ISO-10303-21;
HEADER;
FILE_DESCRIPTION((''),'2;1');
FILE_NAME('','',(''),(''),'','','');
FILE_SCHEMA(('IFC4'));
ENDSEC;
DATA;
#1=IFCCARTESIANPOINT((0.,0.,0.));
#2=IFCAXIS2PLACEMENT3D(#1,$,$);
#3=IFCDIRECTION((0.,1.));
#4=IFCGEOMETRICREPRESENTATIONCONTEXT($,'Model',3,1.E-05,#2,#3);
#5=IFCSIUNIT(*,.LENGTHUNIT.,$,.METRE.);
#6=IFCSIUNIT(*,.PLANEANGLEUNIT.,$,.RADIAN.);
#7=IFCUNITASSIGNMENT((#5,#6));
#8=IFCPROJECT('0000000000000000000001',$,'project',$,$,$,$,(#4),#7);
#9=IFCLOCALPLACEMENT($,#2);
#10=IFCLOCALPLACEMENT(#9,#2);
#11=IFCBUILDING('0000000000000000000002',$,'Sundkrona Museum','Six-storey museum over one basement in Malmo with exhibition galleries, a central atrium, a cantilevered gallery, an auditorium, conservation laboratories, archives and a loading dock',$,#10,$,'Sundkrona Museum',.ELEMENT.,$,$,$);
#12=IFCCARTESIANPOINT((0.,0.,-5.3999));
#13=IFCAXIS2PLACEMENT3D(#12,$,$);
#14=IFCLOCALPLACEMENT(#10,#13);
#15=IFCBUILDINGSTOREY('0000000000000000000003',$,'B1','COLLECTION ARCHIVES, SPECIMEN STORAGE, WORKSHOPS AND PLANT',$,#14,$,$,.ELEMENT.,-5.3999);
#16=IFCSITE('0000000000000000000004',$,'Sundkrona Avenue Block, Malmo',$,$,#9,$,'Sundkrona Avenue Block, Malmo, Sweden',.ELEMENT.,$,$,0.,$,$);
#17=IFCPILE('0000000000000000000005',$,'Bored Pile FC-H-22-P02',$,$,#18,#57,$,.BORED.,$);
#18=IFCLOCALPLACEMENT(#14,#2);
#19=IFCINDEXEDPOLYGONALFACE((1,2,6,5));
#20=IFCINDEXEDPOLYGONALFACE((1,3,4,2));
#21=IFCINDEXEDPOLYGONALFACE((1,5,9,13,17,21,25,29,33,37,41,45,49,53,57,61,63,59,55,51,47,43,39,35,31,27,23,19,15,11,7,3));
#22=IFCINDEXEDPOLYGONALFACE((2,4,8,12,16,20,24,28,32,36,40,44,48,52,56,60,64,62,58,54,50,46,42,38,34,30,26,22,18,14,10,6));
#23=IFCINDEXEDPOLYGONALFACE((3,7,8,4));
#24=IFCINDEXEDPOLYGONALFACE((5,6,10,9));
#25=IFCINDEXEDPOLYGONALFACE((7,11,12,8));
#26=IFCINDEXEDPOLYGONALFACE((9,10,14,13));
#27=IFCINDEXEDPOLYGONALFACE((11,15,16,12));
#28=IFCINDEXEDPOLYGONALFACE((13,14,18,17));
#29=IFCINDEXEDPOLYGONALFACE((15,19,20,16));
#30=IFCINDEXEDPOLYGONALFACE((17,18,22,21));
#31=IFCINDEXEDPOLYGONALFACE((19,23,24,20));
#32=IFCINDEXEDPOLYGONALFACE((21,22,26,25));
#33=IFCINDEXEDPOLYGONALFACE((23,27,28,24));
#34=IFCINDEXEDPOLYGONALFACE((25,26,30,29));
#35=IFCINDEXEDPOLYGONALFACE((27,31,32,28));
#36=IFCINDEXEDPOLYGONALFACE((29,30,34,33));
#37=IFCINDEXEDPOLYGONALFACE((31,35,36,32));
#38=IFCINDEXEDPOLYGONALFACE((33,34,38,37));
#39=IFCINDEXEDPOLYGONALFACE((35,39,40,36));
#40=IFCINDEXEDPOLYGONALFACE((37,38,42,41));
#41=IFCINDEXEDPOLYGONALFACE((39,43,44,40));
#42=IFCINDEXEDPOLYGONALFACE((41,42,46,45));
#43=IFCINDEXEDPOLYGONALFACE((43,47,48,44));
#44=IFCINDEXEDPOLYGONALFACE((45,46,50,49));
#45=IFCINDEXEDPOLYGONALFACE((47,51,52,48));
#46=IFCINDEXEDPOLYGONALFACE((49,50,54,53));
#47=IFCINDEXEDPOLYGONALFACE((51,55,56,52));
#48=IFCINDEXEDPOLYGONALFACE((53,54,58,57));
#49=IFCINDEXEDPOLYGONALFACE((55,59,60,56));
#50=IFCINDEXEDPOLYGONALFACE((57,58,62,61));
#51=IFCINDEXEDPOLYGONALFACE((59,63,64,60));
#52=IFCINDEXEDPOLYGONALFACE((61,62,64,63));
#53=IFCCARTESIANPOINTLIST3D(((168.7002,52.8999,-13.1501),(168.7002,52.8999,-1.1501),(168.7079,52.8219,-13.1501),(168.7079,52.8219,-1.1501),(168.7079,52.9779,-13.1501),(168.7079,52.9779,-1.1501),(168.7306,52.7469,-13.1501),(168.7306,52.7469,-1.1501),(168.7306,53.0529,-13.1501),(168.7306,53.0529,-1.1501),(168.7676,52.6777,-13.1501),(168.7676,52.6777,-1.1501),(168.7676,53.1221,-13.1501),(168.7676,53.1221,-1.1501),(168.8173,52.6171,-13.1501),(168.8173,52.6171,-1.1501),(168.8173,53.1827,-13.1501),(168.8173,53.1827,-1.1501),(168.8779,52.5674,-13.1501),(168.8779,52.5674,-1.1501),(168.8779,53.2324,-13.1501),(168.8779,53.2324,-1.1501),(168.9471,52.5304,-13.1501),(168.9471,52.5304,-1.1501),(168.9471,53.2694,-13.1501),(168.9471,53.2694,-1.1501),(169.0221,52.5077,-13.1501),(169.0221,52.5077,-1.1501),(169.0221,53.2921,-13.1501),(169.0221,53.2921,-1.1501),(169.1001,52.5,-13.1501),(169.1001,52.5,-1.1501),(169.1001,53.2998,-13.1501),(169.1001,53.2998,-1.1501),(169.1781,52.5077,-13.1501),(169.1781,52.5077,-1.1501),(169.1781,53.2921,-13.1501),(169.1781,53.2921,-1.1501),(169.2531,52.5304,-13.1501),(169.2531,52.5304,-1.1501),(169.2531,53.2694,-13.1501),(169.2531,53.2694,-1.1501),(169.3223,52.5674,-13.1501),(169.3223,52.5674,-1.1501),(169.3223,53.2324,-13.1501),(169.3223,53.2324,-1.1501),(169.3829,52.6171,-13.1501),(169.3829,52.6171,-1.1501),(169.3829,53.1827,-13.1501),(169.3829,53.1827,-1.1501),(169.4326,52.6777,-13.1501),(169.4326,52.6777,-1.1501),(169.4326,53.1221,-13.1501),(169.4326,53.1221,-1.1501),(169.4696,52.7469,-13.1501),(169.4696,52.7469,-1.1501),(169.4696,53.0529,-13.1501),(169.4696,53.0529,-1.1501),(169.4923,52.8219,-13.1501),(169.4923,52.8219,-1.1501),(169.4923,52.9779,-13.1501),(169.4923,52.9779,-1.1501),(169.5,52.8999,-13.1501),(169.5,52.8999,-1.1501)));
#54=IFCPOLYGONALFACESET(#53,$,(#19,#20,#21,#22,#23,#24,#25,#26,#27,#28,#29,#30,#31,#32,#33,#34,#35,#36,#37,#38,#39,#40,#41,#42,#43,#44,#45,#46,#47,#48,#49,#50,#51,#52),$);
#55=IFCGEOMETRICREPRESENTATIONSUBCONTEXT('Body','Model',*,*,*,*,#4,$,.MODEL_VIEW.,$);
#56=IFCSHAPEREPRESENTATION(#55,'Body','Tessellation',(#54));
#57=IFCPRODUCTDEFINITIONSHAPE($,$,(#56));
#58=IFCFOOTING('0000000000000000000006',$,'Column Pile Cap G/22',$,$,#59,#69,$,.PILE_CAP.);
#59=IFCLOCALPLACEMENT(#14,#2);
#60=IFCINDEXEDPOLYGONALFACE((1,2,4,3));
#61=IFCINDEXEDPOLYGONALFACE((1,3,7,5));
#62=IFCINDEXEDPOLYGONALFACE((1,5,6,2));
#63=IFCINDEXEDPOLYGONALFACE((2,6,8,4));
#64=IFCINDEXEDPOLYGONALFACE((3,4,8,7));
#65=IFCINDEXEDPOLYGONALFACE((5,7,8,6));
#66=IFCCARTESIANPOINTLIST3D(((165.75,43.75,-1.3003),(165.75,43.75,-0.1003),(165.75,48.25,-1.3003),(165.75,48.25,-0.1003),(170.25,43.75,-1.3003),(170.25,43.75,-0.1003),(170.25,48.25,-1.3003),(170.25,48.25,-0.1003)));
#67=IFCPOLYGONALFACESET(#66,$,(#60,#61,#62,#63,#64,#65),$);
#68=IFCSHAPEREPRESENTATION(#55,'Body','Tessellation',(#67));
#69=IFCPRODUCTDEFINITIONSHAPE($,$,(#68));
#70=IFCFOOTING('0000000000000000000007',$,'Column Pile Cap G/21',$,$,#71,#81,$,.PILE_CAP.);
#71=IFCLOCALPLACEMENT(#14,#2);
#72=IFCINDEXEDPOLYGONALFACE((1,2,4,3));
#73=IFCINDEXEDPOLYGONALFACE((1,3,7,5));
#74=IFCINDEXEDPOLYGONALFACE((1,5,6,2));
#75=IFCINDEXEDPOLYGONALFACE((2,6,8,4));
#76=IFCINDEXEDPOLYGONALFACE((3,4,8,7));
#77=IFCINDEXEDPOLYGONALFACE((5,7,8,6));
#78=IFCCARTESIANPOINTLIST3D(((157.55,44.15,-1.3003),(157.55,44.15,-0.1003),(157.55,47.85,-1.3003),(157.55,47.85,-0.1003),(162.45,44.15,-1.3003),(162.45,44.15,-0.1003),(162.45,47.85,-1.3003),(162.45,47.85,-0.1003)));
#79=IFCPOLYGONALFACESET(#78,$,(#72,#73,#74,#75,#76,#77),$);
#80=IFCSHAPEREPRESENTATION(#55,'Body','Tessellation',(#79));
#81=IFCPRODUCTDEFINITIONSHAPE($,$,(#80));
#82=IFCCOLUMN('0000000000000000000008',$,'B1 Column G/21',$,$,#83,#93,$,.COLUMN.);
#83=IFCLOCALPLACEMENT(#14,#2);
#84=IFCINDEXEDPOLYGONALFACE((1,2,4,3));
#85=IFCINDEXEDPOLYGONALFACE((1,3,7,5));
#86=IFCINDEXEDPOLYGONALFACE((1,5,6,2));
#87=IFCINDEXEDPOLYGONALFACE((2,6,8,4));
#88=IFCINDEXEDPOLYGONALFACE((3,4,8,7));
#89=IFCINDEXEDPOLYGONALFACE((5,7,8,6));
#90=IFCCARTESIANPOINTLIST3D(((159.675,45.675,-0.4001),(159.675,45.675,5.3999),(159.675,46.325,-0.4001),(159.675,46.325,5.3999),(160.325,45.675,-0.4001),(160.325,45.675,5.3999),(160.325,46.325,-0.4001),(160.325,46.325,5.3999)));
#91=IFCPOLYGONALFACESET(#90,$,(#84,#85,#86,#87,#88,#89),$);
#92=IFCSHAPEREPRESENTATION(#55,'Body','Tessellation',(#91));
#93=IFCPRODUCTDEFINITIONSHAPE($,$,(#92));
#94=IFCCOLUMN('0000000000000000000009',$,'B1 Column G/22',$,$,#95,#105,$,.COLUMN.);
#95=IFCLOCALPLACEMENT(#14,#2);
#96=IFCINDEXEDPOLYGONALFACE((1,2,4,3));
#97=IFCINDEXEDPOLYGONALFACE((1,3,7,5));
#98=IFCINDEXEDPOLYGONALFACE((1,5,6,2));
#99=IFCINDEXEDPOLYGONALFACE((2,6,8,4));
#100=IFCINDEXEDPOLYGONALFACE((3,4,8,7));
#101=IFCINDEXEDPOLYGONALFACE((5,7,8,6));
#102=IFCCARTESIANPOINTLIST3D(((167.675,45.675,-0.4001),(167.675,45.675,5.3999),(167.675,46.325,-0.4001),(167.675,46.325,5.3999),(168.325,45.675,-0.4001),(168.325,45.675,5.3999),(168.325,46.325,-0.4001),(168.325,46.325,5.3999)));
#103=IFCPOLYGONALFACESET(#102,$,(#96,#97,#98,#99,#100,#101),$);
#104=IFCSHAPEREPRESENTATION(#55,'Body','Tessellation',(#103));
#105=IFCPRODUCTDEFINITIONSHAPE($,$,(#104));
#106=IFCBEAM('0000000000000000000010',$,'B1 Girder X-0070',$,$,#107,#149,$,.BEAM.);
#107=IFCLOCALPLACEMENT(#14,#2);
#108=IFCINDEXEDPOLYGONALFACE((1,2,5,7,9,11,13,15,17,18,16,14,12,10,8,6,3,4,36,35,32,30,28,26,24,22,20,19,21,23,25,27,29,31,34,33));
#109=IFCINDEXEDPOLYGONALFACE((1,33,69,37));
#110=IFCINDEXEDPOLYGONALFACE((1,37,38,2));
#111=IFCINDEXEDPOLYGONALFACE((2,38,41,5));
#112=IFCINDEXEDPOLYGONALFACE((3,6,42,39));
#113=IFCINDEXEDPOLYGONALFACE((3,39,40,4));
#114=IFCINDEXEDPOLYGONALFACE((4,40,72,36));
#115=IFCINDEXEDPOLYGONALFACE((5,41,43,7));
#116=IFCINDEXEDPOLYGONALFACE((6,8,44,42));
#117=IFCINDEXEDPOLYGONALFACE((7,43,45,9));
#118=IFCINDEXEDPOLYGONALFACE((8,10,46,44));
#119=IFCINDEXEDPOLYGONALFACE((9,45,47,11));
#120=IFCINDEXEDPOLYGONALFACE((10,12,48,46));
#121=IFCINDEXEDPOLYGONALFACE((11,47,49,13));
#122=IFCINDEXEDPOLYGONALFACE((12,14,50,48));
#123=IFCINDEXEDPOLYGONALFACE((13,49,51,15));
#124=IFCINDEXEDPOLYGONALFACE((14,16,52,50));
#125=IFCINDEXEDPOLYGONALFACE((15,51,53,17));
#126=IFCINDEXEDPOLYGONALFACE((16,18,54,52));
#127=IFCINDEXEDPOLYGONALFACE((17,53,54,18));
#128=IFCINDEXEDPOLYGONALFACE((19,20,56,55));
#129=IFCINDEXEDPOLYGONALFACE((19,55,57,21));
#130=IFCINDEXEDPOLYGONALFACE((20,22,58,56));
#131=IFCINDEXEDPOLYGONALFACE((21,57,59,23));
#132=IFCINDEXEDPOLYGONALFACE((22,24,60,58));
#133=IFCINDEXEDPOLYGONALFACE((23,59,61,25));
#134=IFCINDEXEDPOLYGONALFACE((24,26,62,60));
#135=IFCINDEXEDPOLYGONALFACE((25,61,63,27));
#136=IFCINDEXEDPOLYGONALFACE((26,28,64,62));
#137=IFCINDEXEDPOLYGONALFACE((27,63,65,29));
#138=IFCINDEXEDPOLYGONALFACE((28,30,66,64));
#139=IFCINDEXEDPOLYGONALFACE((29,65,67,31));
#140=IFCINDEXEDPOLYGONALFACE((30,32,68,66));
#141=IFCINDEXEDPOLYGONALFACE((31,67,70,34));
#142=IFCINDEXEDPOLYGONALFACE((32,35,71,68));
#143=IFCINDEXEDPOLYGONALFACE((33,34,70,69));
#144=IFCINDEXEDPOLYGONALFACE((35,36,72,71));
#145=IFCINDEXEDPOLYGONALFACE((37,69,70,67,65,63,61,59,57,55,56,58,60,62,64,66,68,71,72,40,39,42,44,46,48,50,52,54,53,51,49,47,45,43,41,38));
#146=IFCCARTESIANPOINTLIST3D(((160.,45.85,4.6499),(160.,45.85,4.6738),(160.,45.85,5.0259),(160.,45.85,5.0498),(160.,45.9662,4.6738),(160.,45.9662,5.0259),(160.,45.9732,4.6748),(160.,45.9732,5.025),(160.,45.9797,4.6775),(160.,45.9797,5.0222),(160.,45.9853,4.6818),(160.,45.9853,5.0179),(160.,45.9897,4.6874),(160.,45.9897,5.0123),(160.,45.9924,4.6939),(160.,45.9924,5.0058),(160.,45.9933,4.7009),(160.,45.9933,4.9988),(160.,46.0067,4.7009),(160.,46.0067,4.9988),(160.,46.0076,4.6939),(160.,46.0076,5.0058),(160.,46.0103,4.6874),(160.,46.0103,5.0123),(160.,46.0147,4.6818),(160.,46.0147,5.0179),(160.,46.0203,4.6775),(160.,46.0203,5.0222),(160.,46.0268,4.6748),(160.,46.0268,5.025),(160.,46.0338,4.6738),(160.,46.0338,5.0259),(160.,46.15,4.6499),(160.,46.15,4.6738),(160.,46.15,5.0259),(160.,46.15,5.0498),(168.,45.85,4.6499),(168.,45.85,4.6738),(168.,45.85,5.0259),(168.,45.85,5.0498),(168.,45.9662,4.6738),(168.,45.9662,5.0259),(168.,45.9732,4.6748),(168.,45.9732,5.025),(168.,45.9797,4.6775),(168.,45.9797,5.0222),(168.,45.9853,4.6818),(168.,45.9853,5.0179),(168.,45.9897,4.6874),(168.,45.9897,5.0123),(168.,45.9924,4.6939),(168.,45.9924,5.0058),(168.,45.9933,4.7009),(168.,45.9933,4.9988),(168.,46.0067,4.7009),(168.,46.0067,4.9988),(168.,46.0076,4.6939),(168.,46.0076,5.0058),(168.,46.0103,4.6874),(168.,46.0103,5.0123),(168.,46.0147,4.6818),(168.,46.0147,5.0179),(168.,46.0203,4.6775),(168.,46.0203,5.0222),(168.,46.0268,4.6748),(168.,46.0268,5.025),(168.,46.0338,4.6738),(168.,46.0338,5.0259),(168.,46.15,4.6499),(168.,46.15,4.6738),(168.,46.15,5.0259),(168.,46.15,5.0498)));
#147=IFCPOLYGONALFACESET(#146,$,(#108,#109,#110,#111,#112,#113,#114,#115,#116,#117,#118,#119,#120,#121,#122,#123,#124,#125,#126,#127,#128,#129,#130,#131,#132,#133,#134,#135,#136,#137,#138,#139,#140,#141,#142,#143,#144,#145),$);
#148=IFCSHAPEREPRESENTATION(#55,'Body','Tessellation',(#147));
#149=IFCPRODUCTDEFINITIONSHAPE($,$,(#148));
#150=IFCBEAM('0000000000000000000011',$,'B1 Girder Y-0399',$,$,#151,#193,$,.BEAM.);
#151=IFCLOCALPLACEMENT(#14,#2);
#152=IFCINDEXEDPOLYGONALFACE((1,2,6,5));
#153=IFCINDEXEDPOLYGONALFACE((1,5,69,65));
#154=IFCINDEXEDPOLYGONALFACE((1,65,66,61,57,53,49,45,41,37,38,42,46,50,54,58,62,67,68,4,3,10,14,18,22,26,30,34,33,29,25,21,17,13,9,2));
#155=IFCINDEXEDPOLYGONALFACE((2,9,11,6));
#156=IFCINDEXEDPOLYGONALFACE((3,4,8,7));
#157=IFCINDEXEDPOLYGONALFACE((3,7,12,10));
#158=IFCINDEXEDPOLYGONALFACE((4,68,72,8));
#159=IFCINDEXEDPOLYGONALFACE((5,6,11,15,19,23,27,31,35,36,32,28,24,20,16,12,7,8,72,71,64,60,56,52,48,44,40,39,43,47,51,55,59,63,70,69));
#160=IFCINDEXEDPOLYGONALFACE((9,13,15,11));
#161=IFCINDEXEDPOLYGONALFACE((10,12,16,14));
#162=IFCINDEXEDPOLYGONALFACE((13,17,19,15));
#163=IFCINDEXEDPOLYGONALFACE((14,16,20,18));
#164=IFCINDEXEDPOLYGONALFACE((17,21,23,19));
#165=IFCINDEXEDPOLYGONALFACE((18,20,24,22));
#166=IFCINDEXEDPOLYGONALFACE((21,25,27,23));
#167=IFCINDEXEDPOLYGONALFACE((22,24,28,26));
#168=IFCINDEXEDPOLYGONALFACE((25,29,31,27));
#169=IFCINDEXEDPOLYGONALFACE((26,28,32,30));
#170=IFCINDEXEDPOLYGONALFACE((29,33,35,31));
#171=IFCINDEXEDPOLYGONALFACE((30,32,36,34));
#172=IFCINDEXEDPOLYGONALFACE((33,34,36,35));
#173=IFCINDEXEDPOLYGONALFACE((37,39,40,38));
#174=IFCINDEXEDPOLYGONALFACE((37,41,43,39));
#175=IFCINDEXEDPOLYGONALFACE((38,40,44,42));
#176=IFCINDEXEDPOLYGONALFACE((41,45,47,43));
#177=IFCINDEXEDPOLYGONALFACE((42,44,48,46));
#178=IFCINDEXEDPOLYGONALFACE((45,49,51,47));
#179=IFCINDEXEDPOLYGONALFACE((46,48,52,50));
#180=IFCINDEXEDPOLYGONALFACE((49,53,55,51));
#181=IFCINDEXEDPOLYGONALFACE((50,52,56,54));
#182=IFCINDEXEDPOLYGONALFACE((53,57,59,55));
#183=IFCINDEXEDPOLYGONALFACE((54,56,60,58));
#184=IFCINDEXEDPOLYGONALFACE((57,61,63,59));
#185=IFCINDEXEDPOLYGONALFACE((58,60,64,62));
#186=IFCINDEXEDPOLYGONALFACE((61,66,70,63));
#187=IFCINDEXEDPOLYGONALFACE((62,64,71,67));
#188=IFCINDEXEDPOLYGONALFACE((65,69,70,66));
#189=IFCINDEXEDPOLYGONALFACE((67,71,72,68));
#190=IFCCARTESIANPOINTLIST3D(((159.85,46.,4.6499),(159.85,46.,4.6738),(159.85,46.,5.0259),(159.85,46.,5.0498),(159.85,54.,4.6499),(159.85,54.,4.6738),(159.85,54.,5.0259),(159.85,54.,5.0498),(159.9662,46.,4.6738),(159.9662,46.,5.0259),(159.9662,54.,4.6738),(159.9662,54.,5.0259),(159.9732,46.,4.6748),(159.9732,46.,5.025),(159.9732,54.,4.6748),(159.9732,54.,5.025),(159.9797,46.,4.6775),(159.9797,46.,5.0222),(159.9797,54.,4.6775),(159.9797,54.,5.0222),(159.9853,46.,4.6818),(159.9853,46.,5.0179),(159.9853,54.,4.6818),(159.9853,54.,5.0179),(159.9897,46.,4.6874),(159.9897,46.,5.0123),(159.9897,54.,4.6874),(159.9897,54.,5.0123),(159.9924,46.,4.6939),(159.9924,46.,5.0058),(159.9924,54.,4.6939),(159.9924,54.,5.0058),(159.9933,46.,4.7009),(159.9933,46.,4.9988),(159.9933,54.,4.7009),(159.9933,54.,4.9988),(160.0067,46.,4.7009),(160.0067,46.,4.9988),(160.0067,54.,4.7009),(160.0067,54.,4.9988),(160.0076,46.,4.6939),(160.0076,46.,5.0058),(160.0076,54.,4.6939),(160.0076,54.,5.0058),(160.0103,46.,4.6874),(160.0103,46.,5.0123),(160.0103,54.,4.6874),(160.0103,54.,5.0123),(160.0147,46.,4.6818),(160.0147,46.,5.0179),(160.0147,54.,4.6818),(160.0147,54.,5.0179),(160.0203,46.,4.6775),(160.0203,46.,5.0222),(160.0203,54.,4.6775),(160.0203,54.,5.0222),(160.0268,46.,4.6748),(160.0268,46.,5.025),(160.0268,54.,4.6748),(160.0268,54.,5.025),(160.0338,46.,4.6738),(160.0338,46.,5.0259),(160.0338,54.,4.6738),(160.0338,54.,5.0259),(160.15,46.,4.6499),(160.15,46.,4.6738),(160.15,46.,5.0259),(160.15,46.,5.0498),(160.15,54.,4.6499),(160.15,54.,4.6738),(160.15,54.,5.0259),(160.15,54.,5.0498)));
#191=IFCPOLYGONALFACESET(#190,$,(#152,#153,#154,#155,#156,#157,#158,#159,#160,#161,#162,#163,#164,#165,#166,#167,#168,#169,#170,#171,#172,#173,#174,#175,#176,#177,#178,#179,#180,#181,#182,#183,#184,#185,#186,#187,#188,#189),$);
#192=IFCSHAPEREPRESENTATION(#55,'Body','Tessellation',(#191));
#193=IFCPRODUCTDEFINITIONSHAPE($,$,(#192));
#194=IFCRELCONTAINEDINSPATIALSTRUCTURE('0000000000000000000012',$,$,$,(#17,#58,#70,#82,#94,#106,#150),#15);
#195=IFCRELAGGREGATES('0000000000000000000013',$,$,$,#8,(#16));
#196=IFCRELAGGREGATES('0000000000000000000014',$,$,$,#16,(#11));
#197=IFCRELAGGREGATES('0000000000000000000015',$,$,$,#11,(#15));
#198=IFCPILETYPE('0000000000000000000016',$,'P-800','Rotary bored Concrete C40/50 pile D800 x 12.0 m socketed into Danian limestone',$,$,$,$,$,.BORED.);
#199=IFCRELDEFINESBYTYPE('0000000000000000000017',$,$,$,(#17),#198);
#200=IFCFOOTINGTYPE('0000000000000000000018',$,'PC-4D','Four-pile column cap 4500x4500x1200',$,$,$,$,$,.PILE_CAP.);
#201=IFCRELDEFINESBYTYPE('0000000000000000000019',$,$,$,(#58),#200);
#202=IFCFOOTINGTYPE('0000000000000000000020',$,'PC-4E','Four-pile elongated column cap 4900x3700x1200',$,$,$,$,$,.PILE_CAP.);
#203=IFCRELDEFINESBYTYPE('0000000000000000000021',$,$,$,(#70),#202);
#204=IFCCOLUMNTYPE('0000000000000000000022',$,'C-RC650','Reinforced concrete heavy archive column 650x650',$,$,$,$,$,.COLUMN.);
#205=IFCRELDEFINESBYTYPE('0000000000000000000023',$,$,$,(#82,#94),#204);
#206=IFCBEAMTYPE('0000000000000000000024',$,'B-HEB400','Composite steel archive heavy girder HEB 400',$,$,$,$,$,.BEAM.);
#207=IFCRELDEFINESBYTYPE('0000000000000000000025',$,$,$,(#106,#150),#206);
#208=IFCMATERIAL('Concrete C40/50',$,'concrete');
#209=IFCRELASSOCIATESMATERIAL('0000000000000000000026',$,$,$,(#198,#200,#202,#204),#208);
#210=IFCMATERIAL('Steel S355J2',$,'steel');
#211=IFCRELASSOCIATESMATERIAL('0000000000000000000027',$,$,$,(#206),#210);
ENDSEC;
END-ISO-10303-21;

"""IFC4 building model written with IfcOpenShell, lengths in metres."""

from ifc_helpers import new_model, si_unit, direction, frame, origin, origin_2d, place, context, subcontext, project, spatial, rectangle, circle, i_section, extrude, material, material_profile, profile_set, type_object, element, save


model = new_model("IFC4")

# Units and contexts
model_context = context("Model", 3, precision=1e-05, world=origin(), true_north=direction((0.0, 1.0)))
body_context = subcontext(model_context, "Body", "Model", "MODEL_VIEW")
ifc_project = project(units=[si_unit("LENGTHUNIT", "METRE"), si_unit("PLANEANGLEUNIT", "RADIAN")], contexts=[model_context])

# Site, building, storey
site_placement = place(None, origin())
site = spatial("IfcSite", under=ifc_project, at=site_placement, Name="Sundkrona Avenue Block, Malmo", LongName="Sundkrona Avenue Block, Malmo, Sweden", CompositionType="ELEMENT", RefElevation=0.0)
building_placement = place(site_placement, origin())
building = spatial("IfcBuilding", under=site, at=building_placement, Name="Sundkrona Museum", Description="Six-storey museum over one basement in Malmo with exhibition galleries, a central atrium, a cantilevered gallery, an auditorium, conservation laboratories, archives and a loading dock", LongName="Sundkrona Museum", CompositionType="ELEMENT")
storey_placement = place(building_placement, frame((0.0, 0.0, -5.3999)))
storey = spatial("IfcBuildingStorey", under=building, at=storey_placement, Name="B1", Description="COLLECTION ARCHIVES, SPECIMEN STORAGE, WORKSHOPS AND PLANT", CompositionType="ELEMENT", Elevation=-5.3999)

# Shared definitions
ifc_material_1 = material(Name="Concrete C40/50", Category="concrete")

# Pile
ifc_material_profile_1 = material_profile(ifc_material_1, circle(Radius=0.3999, at=origin_2d()), Name="PILE D800")
ifc_profile_set_1 = profile_set([ifc_material_profile_1], Name="Concrete C40/50")
pile_type = type_object("IfcPileType", Name="P-800", Description="Rotary bored Concrete C40/50 pile D800 x 12.0 m socketed into Danian limestone", PredefinedType="BORED", material=ifc_profile_set_1)
for number, where, z_axis, x_axis, name in (
    (1, (169.1001, 52.8999, -1.1501), (0.0, 0.0, -1.0), (1.0, 0.0, 0.0), "Bored Pile FC-H-22-P02"),
):
    element("IfcPile", number, at=place(storey_placement, frame(where, z_axis=z_axis, x_axis=x_axis)), inside=storey, type_object=pile_type, Name=name, PredefinedType="BORED", context=body_context, shape_type="SweptSolid", body=[
        extrude(circle(Radius=0.3999, at=origin_2d()), origin(), (0.0, 0.0, 1.0), 12.0),
    ])

# Footings
footing_type_1 = type_object("IfcFootingType", Name="PC-4D", Description="Four-pile column cap 4500x4500x1200", PredefinedType="PILE_CAP", material=ifc_material_1)
footing_1_placement = place(storey_placement, frame((168.0, 46.0, -1.3003), z_axis=(0.0, 0.0, 1.0), x_axis=(1.0, 0.0, 0.0)))
element("IfcFooting", 2, at=footing_1_placement, inside=storey, type_object=footing_type_1, Name="Column Pile Cap G/22", PredefinedType="PILE_CAP", context=body_context, shape_type="SweptSolid", body=[
    extrude(rectangle(XDim=4.5, YDim=4.5, at=origin_2d()), origin(), (0.0, 0.0, 1.0), 1.2),
])
footing_type_2 = type_object("IfcFootingType", Name="PC-4E", Description="Four-pile elongated column cap 4900x3700x1200", PredefinedType="PILE_CAP", material=ifc_material_1)
footing_2_placement = place(storey_placement, frame((160.0, 46.0, -1.3003), z_axis=(0.0, 0.0, 1.0), x_axis=(1.0, 0.0, 0.0)))
element("IfcFooting", 3, at=footing_2_placement, inside=storey, type_object=footing_type_2, Name="Column Pile Cap G/21", PredefinedType="PILE_CAP", context=body_context, shape_type="SweptSolid", body=[
    extrude(rectangle(XDim=4.8999, YDim=3.7, at=origin_2d()), origin(), (0.0, 0.0, 1.0), 1.2),
])

# Columns
ifc_material_profile_2 = material_profile(ifc_material_1, rectangle(XDim=0.6499, YDim=0.6499, at=origin_2d()), Name="RC 650x650")
ifc_profile_set_2 = profile_set([ifc_material_profile_2], Name="Concrete C40/50")
column_type = type_object("IfcColumnType", Name="C-RC650", Description="Reinforced concrete heavy archive column 650x650", PredefinedType="COLUMN", material=ifc_profile_set_2)
for number, where, z_axis, x_axis, name in (
    (4, (160.0, 46.0, -0.4001), (0.0, 0.0, 1.0), (1.0, 0.0, 0.0), "B1 Column G/21"),
    (5, (168.0, 46.0, -0.4001), (0.0, 0.0, 1.0), (1.0, 0.0, 0.0), "B1 Column G/22"),
):
    element("IfcColumn", number, at=place(storey_placement, frame(where, z_axis=z_axis, x_axis=x_axis)), inside=storey, type_object=column_type, Name=name, PredefinedType="COLUMN", context=body_context, shape_type="SweptSolid", body=[
        extrude(rectangle(XDim=0.6499, YDim=0.6499, at=origin_2d()), origin(), (0.0, 0.0, 1.0), 5.8),
    ])

# Beams
ifc_material_2 = material(Name="Steel S355J2", Category="steel")
ifc_material_profile_3 = material_profile(ifc_material_2, i_section(OverallWidth=0.3, OverallDepth=0.3999, WebThickness=0.0134, FlangeThickness=0.0239, FilletRadius=0.0271, at=origin_2d()), Name="HEB 400")
ifc_profile_set_3 = profile_set([ifc_material_profile_3], Name="Steel S355J2")
beam_type_1 = type_object("IfcBeamType", Name="B-HEB400", Description="Composite steel archive heavy girder HEB 400", PredefinedType="BEAM", material=ifc_profile_set_3)
for number, where, z_axis, x_axis, name in (
    (6, (160.0, 46.0, 4.8499), (1.0, 0.0, 0.0), (0.0, 1.0, 0.0), "B1 Girder X-0070"),
    (7, (160.0, 46.0, 4.8499), (0.0, 1.0, 0.0), (-1.0, 0.0, 0.0), "B1 Girder Y-0399"),
):
    element("IfcBeam", number, at=place(storey_placement, frame(where, z_axis=z_axis, x_axis=x_axis)), inside=storey, type_object=beam_type_1, Name=name, PredefinedType="BEAM", context=body_context, shape_type="SweptSolid", body=[
        extrude(i_section(OverallWidth=0.3, OverallDepth=0.3999, WebThickness=0.0134, FlangeThickness=0.0239, FilletRadius=0.0271, at=origin_2d()), origin(), (0.0, 0.0, 1.0), 8.0),
    ])

save(model, "model.ifc")
